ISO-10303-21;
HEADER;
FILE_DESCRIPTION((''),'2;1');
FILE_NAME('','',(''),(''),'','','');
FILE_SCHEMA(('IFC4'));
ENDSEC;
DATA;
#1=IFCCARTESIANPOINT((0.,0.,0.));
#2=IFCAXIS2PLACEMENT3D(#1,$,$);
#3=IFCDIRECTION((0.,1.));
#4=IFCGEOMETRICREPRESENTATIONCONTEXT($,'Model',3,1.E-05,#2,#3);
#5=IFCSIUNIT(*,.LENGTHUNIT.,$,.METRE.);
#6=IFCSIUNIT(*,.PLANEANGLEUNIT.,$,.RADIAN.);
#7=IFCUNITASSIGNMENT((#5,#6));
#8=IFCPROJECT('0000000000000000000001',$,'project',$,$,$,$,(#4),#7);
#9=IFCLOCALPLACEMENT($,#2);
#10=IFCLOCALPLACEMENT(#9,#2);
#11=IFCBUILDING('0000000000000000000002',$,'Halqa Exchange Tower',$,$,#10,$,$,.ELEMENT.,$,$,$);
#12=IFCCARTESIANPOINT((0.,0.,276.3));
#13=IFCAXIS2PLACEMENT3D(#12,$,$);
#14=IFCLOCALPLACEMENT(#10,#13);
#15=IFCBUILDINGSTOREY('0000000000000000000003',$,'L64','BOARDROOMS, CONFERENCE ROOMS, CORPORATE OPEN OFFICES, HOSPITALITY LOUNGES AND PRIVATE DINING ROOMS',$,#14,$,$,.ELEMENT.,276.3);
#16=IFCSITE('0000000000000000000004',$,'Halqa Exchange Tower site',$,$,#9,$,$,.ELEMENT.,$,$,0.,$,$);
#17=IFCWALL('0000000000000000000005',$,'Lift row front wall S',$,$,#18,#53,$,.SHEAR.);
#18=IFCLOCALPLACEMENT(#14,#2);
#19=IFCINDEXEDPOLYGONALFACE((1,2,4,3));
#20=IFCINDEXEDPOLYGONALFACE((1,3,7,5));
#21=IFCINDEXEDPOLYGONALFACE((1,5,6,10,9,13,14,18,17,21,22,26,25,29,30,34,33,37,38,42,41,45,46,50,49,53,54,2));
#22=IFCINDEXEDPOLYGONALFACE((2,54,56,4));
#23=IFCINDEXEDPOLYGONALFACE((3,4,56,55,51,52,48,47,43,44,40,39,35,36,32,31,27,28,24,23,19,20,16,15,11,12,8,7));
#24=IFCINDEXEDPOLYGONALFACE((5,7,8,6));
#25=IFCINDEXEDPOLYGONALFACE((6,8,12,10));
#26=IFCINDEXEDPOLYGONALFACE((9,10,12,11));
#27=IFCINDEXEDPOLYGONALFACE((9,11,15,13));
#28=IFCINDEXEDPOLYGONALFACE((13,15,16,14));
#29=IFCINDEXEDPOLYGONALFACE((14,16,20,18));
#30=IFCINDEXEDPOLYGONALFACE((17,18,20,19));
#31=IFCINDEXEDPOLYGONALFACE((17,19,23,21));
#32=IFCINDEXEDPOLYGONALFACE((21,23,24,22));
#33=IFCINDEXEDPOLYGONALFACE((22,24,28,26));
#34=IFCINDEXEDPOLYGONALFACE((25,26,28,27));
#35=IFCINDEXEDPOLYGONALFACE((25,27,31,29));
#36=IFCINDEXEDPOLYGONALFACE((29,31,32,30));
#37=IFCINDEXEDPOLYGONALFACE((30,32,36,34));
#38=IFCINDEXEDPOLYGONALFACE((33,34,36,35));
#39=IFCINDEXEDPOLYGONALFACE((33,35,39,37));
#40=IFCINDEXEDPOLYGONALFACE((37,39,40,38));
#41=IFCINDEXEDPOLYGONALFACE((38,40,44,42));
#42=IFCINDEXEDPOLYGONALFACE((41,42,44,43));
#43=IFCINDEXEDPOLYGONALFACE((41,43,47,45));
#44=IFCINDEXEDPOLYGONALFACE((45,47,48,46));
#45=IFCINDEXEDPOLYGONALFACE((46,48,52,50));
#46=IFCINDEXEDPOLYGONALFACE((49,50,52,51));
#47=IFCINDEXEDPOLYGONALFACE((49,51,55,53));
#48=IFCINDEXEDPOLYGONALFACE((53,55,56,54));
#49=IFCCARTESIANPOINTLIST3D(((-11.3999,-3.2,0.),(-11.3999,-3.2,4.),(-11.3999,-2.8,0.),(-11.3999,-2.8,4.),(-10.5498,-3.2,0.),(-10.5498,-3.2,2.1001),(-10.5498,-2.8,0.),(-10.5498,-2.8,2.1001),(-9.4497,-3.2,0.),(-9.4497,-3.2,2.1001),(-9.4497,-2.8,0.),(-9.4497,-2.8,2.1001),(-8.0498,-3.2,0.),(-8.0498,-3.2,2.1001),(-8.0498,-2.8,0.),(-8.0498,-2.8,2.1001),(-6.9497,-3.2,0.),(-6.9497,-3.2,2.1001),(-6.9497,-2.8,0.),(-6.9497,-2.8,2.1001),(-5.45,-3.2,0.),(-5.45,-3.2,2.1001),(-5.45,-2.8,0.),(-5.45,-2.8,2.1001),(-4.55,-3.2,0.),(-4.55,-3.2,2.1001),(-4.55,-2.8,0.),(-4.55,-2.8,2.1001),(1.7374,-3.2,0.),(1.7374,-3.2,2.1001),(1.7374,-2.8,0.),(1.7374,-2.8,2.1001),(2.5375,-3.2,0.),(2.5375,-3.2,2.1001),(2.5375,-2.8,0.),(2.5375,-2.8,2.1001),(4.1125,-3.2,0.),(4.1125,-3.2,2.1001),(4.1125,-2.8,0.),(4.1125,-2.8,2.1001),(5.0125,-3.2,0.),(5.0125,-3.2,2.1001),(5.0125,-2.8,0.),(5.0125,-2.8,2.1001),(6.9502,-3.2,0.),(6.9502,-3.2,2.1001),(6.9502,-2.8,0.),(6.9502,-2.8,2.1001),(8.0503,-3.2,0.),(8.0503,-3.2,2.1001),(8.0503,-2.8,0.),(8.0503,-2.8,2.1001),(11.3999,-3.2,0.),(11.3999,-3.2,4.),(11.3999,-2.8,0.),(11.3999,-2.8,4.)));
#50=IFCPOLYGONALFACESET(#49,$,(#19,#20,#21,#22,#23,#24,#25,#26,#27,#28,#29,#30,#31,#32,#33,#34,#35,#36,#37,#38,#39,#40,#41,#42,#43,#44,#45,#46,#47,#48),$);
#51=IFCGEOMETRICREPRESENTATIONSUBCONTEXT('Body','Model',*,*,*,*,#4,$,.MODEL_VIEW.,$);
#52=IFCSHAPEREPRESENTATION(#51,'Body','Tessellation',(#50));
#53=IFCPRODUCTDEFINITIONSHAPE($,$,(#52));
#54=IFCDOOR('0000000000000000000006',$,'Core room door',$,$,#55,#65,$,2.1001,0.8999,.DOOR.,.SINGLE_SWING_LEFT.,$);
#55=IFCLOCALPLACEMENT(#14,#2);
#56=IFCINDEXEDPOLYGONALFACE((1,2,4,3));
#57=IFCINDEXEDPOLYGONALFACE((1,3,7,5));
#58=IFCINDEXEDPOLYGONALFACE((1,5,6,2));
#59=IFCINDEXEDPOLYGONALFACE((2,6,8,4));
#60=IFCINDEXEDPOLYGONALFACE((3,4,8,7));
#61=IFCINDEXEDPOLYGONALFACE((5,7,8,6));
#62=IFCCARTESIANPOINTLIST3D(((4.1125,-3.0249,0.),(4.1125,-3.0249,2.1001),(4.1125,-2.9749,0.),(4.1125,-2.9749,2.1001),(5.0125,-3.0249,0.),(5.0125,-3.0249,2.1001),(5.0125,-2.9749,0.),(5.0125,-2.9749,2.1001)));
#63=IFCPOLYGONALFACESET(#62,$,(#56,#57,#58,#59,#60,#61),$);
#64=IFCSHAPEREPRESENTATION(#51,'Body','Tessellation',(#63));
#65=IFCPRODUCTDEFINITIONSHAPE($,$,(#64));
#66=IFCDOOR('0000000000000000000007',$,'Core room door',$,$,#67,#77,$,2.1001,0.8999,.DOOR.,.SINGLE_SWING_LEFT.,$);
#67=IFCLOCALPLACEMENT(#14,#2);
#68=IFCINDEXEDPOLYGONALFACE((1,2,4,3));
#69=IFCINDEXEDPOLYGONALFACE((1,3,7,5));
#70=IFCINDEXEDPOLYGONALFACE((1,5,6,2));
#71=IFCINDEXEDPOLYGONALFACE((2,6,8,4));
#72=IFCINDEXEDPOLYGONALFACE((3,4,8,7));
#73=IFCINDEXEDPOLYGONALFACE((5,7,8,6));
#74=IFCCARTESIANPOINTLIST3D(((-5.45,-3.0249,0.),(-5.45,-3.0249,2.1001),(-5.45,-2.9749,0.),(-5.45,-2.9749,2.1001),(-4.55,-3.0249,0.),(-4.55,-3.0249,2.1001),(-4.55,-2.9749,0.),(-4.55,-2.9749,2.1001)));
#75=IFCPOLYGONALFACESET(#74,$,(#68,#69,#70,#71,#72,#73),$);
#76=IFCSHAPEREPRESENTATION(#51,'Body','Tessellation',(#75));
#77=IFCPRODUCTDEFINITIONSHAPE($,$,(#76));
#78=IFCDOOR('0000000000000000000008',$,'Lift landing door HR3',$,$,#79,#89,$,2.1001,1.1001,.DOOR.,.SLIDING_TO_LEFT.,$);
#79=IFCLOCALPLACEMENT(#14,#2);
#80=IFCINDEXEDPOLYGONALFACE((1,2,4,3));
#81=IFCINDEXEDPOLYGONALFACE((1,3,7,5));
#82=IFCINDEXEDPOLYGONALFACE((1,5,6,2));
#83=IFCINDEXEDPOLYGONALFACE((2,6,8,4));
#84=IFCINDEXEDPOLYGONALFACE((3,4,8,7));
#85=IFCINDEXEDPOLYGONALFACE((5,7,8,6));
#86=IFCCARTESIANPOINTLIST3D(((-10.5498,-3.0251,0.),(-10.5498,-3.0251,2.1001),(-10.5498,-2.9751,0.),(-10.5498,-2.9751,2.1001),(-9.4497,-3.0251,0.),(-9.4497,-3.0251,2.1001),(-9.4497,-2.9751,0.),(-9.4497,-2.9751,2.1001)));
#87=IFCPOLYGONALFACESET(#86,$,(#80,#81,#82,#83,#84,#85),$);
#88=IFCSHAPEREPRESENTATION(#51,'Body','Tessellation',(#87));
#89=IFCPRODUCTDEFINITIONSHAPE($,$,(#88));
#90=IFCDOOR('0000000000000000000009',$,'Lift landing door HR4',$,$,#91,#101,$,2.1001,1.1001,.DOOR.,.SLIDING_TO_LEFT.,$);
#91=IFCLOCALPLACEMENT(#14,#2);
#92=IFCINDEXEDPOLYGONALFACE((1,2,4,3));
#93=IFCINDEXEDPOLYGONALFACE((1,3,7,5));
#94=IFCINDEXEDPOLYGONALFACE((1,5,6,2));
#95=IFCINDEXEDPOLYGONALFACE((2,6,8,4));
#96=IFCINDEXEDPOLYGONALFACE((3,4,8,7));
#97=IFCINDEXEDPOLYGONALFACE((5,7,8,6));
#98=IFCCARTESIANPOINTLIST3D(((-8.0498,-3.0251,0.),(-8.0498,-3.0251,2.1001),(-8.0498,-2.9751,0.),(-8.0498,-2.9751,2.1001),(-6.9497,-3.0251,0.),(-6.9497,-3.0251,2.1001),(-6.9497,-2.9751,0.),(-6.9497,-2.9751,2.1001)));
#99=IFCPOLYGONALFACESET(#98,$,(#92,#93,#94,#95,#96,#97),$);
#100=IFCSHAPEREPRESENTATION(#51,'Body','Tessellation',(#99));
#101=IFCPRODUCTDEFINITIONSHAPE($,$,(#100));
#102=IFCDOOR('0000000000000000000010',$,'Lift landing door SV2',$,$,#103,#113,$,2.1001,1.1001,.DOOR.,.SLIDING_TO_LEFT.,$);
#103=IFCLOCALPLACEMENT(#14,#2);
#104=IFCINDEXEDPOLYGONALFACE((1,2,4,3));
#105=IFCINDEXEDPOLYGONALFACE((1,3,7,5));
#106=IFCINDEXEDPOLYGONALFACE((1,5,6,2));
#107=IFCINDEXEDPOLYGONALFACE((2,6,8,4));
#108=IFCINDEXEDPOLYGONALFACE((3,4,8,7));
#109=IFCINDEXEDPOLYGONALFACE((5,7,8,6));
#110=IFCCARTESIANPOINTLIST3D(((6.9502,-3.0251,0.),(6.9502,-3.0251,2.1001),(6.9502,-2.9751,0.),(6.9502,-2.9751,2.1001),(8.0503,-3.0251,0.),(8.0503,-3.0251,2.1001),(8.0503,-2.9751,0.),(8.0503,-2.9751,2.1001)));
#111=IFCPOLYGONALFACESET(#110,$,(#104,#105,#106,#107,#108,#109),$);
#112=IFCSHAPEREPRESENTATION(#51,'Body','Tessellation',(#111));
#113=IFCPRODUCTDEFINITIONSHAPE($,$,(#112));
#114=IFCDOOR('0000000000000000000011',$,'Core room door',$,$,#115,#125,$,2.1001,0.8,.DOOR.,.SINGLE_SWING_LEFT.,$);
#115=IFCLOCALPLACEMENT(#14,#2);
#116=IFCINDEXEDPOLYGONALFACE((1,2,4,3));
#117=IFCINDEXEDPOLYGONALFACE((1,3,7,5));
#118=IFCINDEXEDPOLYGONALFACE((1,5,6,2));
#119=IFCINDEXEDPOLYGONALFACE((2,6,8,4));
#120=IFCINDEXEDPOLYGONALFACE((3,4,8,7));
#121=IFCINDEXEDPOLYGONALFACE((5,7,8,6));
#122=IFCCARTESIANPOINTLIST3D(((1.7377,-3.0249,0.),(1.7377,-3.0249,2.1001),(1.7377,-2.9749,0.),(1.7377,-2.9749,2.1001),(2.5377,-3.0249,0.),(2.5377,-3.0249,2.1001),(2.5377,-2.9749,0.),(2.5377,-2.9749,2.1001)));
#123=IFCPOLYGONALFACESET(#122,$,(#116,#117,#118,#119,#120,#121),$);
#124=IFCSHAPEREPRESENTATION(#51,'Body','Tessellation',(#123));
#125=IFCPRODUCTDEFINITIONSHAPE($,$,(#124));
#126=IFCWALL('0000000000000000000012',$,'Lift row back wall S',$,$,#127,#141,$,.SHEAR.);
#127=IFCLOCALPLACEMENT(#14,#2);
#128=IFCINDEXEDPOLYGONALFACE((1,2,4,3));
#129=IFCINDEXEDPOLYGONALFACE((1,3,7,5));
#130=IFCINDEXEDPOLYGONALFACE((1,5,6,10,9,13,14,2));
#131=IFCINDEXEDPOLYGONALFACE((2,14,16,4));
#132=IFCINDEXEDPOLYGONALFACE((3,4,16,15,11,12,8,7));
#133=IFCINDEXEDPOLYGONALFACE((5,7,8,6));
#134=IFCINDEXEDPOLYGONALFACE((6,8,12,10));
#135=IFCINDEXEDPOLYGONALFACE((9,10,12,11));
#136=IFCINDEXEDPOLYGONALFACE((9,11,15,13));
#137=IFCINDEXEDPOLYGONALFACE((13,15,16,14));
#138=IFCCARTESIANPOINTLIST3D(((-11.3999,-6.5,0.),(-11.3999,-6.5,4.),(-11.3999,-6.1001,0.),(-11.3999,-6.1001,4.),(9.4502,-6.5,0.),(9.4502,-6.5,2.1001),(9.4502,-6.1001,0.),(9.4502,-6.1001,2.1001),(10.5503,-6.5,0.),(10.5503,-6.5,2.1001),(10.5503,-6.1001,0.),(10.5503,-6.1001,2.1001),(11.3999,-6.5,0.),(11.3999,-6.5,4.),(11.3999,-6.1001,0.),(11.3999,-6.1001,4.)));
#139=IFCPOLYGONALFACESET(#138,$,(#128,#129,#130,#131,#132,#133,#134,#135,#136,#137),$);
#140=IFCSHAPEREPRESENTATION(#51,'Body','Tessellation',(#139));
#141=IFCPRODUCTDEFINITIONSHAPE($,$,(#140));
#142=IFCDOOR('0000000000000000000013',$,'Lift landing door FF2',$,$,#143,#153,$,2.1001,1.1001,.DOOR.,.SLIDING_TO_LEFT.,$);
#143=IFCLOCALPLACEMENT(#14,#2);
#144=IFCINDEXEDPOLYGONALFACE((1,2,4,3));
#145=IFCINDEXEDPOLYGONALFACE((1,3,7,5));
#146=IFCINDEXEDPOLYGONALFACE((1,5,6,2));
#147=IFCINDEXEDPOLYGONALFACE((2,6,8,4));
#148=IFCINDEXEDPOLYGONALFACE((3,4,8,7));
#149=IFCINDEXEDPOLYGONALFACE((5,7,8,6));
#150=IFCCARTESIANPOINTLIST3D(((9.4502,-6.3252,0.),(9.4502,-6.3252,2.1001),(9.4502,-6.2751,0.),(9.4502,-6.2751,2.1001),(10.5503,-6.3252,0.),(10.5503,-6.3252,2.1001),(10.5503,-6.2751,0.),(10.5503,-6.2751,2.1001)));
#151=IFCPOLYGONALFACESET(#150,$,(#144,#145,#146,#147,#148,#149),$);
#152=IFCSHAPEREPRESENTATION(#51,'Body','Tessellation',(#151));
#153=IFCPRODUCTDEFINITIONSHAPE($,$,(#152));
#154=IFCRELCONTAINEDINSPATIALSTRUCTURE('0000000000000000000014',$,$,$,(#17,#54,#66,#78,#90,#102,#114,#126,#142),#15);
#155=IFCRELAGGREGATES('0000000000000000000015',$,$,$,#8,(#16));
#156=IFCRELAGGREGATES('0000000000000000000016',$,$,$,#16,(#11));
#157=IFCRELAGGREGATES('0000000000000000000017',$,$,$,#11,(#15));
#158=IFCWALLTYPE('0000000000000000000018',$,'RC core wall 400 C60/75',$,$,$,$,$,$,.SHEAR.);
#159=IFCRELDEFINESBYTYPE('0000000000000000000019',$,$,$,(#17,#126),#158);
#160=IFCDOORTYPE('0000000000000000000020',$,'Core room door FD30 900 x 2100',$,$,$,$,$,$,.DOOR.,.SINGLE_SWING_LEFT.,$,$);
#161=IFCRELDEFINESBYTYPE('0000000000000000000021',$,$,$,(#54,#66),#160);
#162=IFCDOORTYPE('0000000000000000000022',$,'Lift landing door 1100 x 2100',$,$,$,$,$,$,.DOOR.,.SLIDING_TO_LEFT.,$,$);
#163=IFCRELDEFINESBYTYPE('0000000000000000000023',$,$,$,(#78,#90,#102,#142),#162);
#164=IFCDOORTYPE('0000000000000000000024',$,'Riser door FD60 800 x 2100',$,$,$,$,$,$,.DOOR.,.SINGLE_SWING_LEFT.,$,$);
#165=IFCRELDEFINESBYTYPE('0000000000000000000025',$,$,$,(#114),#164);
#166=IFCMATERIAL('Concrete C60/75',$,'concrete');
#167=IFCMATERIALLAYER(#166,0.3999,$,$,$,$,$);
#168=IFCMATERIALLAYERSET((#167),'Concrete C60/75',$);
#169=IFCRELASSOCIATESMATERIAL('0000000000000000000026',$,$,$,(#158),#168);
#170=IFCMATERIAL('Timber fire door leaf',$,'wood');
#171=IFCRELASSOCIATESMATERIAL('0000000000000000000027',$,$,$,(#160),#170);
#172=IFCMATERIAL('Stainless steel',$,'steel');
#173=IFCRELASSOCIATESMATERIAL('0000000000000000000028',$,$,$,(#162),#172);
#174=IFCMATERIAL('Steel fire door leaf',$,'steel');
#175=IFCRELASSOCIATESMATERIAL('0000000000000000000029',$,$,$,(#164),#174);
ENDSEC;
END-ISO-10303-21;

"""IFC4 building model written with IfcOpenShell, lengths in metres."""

from ifc_helpers import new_model, si_unit, direction, frame, frame_2d, origin, place, context, subcontext, project, spatial, rectangle, extrude, material, layer, layer_set, type_object, element, fill, save


model = new_model("IFC4")

# Units and contexts
model_context = context("Model", 3, precision=1e-05, world=origin(), true_north=direction((0.0, 1.0)))
body_context = subcontext(model_context, "Body", "Model", "MODEL_VIEW")
ifc_project = project(units=[si_unit("LENGTHUNIT", "METRE"), si_unit("PLANEANGLEUNIT", "RADIAN")], contexts=[model_context])

# Site, building, storey
site_placement = place(None, origin())
site = spatial("IfcSite", under=ifc_project, at=site_placement, Name="Halqa Exchange Tower site", CompositionType="ELEMENT", RefElevation=0.0)
building_placement = place(site_placement, origin())
building = spatial("IfcBuilding", under=site, at=building_placement, Name="Halqa Exchange Tower", CompositionType="ELEMENT")
storey_placement = place(building_placement, frame((0.0, 0.0, 276.3)))
storey = spatial("IfcBuildingStorey", under=building, at=storey_placement, Name="L64", Description="BOARDROOMS, CONFERENCE ROOMS, CORPORATE OPEN OFFICES, HOSPITALITY LOUNGES AND PRIVATE DINING ROOMS", CompositionType="ELEMENT", Elevation=276.3)

# Shared definitions
ifc_material_1 = material(Name="Concrete C60/75", Category="concrete")

# Wall, openings, doors
ifc_layer_1 = layer(ifc_material_1, 0.3999)
ifc_layer_set_1 = layer_set([ifc_layer_1], Name="Concrete C60/75")
wall_type_1 = type_object("IfcWallType", Name="RC core wall 400 C60/75", PredefinedType="SHEAR", material=ifc_layer_set_1)
wall_1_placement = place(storey_placement, frame((-11.3999, -3.0, 0.0), z_axis=(0.0, 0.0, 1.0), x_axis=(1.0, 0.0, 0.0)))
wall_1 = element("IfcWall", 1, at=wall_1_placement, inside=storey, type_object=wall_type_1, Name="Lift row front wall S", PredefinedType="SHEAR", context=body_context, shape_type="SweptSolid", body=[
    extrude(rectangle(XDim=22.7998, YDim=0.3999, at=frame_2d((11.3999, 0.0))), origin(), (0.0, 0.0, 1.0), 4.0),
])
opening_1_placement = place(wall_1_placement, frame((0.8501, 0.0, 0.0)))
opening_1 = element("IfcOpeningElement", 2, at=opening_1_placement, cuts=wall_1, PredefinedType="OPENING", context=body_context, shape_type="SweptSolid", body=[
    extrude(rectangle(XDim=1.1001, YDim=2.1001, at=frame_2d((0.55, 1.05))), frame((0.0, 0.2119, 0.0), z_axis=(0.0, -1.0, 0.0), x_axis=(1.0, 0.0, 0.0)), (0.0, 0.0, 1.0), 0.4238),
])
opening_2_placement = place(wall_1_placement, frame((3.3501, 0.0, 0.0)))
opening_2 = element("IfcOpeningElement", 3, at=opening_2_placement, cuts=wall_1, PredefinedType="OPENING", context=body_context, shape_type="SweptSolid", body=[
    extrude(rectangle(XDim=1.1001, YDim=2.1001, at=frame_2d((0.55, 1.05))), frame((0.0, 0.2119, 0.0), z_axis=(0.0, -1.0, 0.0), x_axis=(1.0, 0.0, 0.0)), (0.0, 0.0, 1.0), 0.4238),
])
opening_3_placement = place(wall_1_placement, frame((18.3501, 0.0, 0.0)))
opening_3 = element("IfcOpeningElement", 4, at=opening_3_placement, cuts=wall_1, PredefinedType="OPENING", context=body_context, shape_type="SweptSolid", body=[
    extrude(rectangle(XDim=1.1001, YDim=2.1001, at=frame_2d((0.55, 1.05))), frame((0.0, 0.2119, 0.0), z_axis=(0.0, -1.0, 0.0), x_axis=(1.0, 0.0, 0.0)), (0.0, 0.0, 1.0), 0.4238),
])
opening_4_placement = place(wall_1_placement, frame((13.1375, 0.0, 0.0)))
opening_4 = element("IfcOpeningElement", 5, at=opening_4_placement, cuts=wall_1, PredefinedType="OPENING", context=body_context, shape_type="SweptSolid", body=[
    extrude(rectangle(XDim=0.8, YDim=2.1001, at=frame_2d((0.3999, 1.05))), frame((0.0, 0.2119, 0.0), z_axis=(0.0, -1.0, 0.0), x_axis=(1.0, 0.0, 0.0)), (0.0, 0.0, 1.0), 0.4238),
])
opening_5_placement = place(wall_1_placement, frame((15.5125, 0.0, 0.0)))
opening_5 = element("IfcOpeningElement", 6, at=opening_5_placement, cuts=wall_1, PredefinedType="OPENING", context=body_context, shape_type="SweptSolid", body=[
    extrude(rectangle(XDim=0.8999, YDim=2.1001, at=frame_2d((0.45, 1.05))), frame((0.0, 0.2119, 0.0), z_axis=(0.0, -1.0, 0.0), x_axis=(1.0, 0.0, 0.0)), (0.0, 0.0, 1.0), 0.4238),
])
opening_6_placement = place(wall_1_placement, frame((5.95, 0.0, 0.0)))
opening_6 = element("IfcOpeningElement", 7, at=opening_6_placement, cuts=wall_1, PredefinedType="OPENING", context=body_context, shape_type="SweptSolid", body=[
    extrude(rectangle(XDim=0.8999, YDim=2.1001, at=frame_2d((0.45, 1.05))), frame((0.0, 0.2119, 0.0), z_axis=(0.0, -1.0, 0.0), x_axis=(1.0, 0.0, 0.0)), (0.0, 0.0, 1.0), 0.4238),
])
ifc_material_2 = material(Name="Timber fire door leaf", Category="wood")
door_type_1 = type_object("IfcDoorType", Name="Core room door FD30 900 x 2100", OperationType="SINGLE_SWING_LEFT", PredefinedType="DOOR", material=ifc_material_2)
door_1_placement = place(opening_5_placement, frame((0.8999, 0.0, 0.0), z_axis=(0.0, 0.0, 1.0), x_axis=(-1.0, 0.0, 0.0)))
door_1 = element("IfcDoor", 8, at=door_1_placement, inside=storey, type_object=door_type_1, Name="Core room door", OperationType="SINGLE_SWING_LEFT", OverallHeight=2.1001, OverallWidth=0.8999, PredefinedType="DOOR", context=body_context, shape_type="SweptSolid", body=[
    extrude(rectangle(XDim=0.8999, YDim=2.1001, at=frame_2d((0.45, 1.05))), frame((0.0, 0.0249, 0.0), z_axis=(0.0, -1.0, 0.0), x_axis=(1.0, 0.0, 0.0)), (0.0, 0.0, 1.0), 0.05),
])
fill(opening_5, door_1)
door_2_placement = place(opening_6_placement, frame((0.8999, 0.0, 0.0), z_axis=(0.0, 0.0, 1.0), x_axis=(-1.0, 0.0, 0.0)))
door_2 = element("IfcDoor", 9, at=door_2_placement, inside=storey, type_object=door_type_1, Name="Core room door", OperationType="SINGLE_SWING_LEFT", OverallHeight=2.1001, OverallWidth=0.8999, PredefinedType="DOOR", context=body_context, shape_type="SweptSolid", body=[
    extrude(rectangle(XDim=0.8999, YDim=2.1001, at=frame_2d((0.45, 1.05))), frame((0.0, 0.0249, 0.0), z_axis=(0.0, -1.0, 0.0), x_axis=(1.0, 0.0, 0.0)), (0.0, 0.0, 1.0), 0.05),
])
fill(opening_6, door_2)
ifc_material_3 = material(Name="Stainless steel", Category="steel")
door_type_2 = type_object("IfcDoorType", Name="Lift landing door 1100 x 2100", OperationType="SLIDING_TO_LEFT", PredefinedType="DOOR", material=ifc_material_3)
door_3_placement = place(opening_1_placement, origin())
door_3 = element("IfcDoor", 10, at=door_3_placement, inside=storey, type_object=door_type_2, Name="Lift landing door HR3", OperationType="SLIDING_TO_LEFT", OverallHeight=2.1001, OverallWidth=1.1001, PredefinedType="DOOR", context=body_context, shape_type="SweptSolid", body=[
    extrude(rectangle(XDim=1.1001, YDim=2.1001, at=frame_2d((0.55, 1.05))), frame((0.0, 0.0249, 0.0), z_axis=(0.0, -1.0, 0.0), x_axis=(1.0, 0.0, 0.0)), (0.0, 0.0, 1.0), 0.05),
])
fill(opening_1, door_3)
door_4_placement = place(opening_2_placement, origin())
door_4 = element("IfcDoor", 11, at=door_4_placement, inside=storey, type_object=door_type_2, Name="Lift landing door HR4", OperationType="SLIDING_TO_LEFT", OverallHeight=2.1001, OverallWidth=1.1001, PredefinedType="DOOR", context=body_context, shape_type="SweptSolid", body=[
    extrude(rectangle(XDim=1.1001, YDim=2.1001, at=frame_2d((0.55, 1.05))), frame((0.0, 0.0249, 0.0), z_axis=(0.0, -1.0, 0.0), x_axis=(1.0, 0.0, 0.0)), (0.0, 0.0, 1.0), 0.05),
])
fill(opening_2, door_4)
door_5_placement = place(opening_3_placement, origin())
door_5 = element("IfcDoor", 12, at=door_5_placement, inside=storey, type_object=door_type_2, Name="Lift landing door SV2", OperationType="SLIDING_TO_LEFT", OverallHeight=2.1001, OverallWidth=1.1001, PredefinedType="DOOR", context=body_context, shape_type="SweptSolid", body=[
    extrude(rectangle(XDim=1.1001, YDim=2.1001, at=frame_2d((0.55, 1.05))), frame((0.0, 0.0249, 0.0), z_axis=(0.0, -1.0, 0.0), x_axis=(1.0, 0.0, 0.0)), (0.0, 0.0, 1.0), 0.05),
])
fill(opening_3, door_5)
ifc_material_4 = material(Name="Steel fire door leaf", Category="steel")
door_type_3 = type_object("IfcDoorType", Name="Riser door FD60 800 x 2100", OperationType="SINGLE_SWING_LEFT", PredefinedType="DOOR", material=ifc_material_4)
door_6_placement = place(opening_4_placement, frame((0.8, 0.0, 0.0), z_axis=(0.0, 0.0, 1.0), x_axis=(-1.0, 0.0, 0.0)))
door_6 = element("IfcDoor", 13, at=door_6_placement, inside=storey, type_object=door_type_3, Name="Core room door", OperationType="SINGLE_SWING_LEFT", OverallHeight=2.1001, OverallWidth=0.8, PredefinedType="DOOR", context=body_context, shape_type="SweptSolid", body=[
    extrude(rectangle(XDim=0.8, YDim=2.1001, at=frame_2d((0.3999, 1.05))), frame((0.0, 0.0249, 0.0), z_axis=(0.0, -1.0, 0.0), x_axis=(1.0, 0.0, 0.0)), (0.0, 0.0, 1.0), 0.05),
])
fill(opening_4, door_6)

# Wall, opening, door
wall_2_placement = place(storey_placement, frame((-11.3999, -6.3, 0.0), z_axis=(0.0, 0.0, 1.0), x_axis=(1.0, 0.0, 0.0)))
wall_2 = element("IfcWall", 14, at=wall_2_placement, inside=storey, type_object=wall_type_1, Name="Lift row back wall S", PredefinedType="SHEAR", context=body_context, shape_type="SweptSolid", body=[
    extrude(rectangle(XDim=22.7998, YDim=0.3999, at=frame_2d((11.3999, 0.0))), origin(), (0.0, 0.0, 1.0), 4.0),
])
opening_7_placement = place(wall_2_placement, frame((20.8501, 0.0, 0.0)))
opening_7 = element("IfcOpeningElement", 15, at=opening_7_placement, cuts=wall_2, PredefinedType="OPENING", context=body_context, shape_type="SweptSolid", body=[
    extrude(rectangle(XDim=1.1001, YDim=2.1001, at=frame_2d((0.55, 1.05))), frame((0.0, 0.2119, 0.0), z_axis=(0.0, -1.0, 0.0), x_axis=(1.0, 0.0, 0.0)), (0.0, 0.0, 1.0), 0.4238),
])
door_7_placement = place(opening_7_placement, origin())
door_7 = element("IfcDoor", 16, at=door_7_placement, inside=storey, type_object=door_type_2, Name="Lift landing door FF2", OperationType="SLIDING_TO_LEFT", OverallHeight=2.1001, OverallWidth=1.1001, PredefinedType="DOOR", context=body_context, shape_type="SweptSolid", body=[
    extrude(rectangle(XDim=1.1001, YDim=2.1001, at=frame_2d((0.55, 1.05))), frame((0.0, 0.0249, 0.0), z_axis=(0.0, -1.0, 0.0), x_axis=(1.0, 0.0, 0.0)), (0.0, 0.0, 1.0), 0.05),
])
fill(opening_7, door_7)

save(model, "model.ifc")
